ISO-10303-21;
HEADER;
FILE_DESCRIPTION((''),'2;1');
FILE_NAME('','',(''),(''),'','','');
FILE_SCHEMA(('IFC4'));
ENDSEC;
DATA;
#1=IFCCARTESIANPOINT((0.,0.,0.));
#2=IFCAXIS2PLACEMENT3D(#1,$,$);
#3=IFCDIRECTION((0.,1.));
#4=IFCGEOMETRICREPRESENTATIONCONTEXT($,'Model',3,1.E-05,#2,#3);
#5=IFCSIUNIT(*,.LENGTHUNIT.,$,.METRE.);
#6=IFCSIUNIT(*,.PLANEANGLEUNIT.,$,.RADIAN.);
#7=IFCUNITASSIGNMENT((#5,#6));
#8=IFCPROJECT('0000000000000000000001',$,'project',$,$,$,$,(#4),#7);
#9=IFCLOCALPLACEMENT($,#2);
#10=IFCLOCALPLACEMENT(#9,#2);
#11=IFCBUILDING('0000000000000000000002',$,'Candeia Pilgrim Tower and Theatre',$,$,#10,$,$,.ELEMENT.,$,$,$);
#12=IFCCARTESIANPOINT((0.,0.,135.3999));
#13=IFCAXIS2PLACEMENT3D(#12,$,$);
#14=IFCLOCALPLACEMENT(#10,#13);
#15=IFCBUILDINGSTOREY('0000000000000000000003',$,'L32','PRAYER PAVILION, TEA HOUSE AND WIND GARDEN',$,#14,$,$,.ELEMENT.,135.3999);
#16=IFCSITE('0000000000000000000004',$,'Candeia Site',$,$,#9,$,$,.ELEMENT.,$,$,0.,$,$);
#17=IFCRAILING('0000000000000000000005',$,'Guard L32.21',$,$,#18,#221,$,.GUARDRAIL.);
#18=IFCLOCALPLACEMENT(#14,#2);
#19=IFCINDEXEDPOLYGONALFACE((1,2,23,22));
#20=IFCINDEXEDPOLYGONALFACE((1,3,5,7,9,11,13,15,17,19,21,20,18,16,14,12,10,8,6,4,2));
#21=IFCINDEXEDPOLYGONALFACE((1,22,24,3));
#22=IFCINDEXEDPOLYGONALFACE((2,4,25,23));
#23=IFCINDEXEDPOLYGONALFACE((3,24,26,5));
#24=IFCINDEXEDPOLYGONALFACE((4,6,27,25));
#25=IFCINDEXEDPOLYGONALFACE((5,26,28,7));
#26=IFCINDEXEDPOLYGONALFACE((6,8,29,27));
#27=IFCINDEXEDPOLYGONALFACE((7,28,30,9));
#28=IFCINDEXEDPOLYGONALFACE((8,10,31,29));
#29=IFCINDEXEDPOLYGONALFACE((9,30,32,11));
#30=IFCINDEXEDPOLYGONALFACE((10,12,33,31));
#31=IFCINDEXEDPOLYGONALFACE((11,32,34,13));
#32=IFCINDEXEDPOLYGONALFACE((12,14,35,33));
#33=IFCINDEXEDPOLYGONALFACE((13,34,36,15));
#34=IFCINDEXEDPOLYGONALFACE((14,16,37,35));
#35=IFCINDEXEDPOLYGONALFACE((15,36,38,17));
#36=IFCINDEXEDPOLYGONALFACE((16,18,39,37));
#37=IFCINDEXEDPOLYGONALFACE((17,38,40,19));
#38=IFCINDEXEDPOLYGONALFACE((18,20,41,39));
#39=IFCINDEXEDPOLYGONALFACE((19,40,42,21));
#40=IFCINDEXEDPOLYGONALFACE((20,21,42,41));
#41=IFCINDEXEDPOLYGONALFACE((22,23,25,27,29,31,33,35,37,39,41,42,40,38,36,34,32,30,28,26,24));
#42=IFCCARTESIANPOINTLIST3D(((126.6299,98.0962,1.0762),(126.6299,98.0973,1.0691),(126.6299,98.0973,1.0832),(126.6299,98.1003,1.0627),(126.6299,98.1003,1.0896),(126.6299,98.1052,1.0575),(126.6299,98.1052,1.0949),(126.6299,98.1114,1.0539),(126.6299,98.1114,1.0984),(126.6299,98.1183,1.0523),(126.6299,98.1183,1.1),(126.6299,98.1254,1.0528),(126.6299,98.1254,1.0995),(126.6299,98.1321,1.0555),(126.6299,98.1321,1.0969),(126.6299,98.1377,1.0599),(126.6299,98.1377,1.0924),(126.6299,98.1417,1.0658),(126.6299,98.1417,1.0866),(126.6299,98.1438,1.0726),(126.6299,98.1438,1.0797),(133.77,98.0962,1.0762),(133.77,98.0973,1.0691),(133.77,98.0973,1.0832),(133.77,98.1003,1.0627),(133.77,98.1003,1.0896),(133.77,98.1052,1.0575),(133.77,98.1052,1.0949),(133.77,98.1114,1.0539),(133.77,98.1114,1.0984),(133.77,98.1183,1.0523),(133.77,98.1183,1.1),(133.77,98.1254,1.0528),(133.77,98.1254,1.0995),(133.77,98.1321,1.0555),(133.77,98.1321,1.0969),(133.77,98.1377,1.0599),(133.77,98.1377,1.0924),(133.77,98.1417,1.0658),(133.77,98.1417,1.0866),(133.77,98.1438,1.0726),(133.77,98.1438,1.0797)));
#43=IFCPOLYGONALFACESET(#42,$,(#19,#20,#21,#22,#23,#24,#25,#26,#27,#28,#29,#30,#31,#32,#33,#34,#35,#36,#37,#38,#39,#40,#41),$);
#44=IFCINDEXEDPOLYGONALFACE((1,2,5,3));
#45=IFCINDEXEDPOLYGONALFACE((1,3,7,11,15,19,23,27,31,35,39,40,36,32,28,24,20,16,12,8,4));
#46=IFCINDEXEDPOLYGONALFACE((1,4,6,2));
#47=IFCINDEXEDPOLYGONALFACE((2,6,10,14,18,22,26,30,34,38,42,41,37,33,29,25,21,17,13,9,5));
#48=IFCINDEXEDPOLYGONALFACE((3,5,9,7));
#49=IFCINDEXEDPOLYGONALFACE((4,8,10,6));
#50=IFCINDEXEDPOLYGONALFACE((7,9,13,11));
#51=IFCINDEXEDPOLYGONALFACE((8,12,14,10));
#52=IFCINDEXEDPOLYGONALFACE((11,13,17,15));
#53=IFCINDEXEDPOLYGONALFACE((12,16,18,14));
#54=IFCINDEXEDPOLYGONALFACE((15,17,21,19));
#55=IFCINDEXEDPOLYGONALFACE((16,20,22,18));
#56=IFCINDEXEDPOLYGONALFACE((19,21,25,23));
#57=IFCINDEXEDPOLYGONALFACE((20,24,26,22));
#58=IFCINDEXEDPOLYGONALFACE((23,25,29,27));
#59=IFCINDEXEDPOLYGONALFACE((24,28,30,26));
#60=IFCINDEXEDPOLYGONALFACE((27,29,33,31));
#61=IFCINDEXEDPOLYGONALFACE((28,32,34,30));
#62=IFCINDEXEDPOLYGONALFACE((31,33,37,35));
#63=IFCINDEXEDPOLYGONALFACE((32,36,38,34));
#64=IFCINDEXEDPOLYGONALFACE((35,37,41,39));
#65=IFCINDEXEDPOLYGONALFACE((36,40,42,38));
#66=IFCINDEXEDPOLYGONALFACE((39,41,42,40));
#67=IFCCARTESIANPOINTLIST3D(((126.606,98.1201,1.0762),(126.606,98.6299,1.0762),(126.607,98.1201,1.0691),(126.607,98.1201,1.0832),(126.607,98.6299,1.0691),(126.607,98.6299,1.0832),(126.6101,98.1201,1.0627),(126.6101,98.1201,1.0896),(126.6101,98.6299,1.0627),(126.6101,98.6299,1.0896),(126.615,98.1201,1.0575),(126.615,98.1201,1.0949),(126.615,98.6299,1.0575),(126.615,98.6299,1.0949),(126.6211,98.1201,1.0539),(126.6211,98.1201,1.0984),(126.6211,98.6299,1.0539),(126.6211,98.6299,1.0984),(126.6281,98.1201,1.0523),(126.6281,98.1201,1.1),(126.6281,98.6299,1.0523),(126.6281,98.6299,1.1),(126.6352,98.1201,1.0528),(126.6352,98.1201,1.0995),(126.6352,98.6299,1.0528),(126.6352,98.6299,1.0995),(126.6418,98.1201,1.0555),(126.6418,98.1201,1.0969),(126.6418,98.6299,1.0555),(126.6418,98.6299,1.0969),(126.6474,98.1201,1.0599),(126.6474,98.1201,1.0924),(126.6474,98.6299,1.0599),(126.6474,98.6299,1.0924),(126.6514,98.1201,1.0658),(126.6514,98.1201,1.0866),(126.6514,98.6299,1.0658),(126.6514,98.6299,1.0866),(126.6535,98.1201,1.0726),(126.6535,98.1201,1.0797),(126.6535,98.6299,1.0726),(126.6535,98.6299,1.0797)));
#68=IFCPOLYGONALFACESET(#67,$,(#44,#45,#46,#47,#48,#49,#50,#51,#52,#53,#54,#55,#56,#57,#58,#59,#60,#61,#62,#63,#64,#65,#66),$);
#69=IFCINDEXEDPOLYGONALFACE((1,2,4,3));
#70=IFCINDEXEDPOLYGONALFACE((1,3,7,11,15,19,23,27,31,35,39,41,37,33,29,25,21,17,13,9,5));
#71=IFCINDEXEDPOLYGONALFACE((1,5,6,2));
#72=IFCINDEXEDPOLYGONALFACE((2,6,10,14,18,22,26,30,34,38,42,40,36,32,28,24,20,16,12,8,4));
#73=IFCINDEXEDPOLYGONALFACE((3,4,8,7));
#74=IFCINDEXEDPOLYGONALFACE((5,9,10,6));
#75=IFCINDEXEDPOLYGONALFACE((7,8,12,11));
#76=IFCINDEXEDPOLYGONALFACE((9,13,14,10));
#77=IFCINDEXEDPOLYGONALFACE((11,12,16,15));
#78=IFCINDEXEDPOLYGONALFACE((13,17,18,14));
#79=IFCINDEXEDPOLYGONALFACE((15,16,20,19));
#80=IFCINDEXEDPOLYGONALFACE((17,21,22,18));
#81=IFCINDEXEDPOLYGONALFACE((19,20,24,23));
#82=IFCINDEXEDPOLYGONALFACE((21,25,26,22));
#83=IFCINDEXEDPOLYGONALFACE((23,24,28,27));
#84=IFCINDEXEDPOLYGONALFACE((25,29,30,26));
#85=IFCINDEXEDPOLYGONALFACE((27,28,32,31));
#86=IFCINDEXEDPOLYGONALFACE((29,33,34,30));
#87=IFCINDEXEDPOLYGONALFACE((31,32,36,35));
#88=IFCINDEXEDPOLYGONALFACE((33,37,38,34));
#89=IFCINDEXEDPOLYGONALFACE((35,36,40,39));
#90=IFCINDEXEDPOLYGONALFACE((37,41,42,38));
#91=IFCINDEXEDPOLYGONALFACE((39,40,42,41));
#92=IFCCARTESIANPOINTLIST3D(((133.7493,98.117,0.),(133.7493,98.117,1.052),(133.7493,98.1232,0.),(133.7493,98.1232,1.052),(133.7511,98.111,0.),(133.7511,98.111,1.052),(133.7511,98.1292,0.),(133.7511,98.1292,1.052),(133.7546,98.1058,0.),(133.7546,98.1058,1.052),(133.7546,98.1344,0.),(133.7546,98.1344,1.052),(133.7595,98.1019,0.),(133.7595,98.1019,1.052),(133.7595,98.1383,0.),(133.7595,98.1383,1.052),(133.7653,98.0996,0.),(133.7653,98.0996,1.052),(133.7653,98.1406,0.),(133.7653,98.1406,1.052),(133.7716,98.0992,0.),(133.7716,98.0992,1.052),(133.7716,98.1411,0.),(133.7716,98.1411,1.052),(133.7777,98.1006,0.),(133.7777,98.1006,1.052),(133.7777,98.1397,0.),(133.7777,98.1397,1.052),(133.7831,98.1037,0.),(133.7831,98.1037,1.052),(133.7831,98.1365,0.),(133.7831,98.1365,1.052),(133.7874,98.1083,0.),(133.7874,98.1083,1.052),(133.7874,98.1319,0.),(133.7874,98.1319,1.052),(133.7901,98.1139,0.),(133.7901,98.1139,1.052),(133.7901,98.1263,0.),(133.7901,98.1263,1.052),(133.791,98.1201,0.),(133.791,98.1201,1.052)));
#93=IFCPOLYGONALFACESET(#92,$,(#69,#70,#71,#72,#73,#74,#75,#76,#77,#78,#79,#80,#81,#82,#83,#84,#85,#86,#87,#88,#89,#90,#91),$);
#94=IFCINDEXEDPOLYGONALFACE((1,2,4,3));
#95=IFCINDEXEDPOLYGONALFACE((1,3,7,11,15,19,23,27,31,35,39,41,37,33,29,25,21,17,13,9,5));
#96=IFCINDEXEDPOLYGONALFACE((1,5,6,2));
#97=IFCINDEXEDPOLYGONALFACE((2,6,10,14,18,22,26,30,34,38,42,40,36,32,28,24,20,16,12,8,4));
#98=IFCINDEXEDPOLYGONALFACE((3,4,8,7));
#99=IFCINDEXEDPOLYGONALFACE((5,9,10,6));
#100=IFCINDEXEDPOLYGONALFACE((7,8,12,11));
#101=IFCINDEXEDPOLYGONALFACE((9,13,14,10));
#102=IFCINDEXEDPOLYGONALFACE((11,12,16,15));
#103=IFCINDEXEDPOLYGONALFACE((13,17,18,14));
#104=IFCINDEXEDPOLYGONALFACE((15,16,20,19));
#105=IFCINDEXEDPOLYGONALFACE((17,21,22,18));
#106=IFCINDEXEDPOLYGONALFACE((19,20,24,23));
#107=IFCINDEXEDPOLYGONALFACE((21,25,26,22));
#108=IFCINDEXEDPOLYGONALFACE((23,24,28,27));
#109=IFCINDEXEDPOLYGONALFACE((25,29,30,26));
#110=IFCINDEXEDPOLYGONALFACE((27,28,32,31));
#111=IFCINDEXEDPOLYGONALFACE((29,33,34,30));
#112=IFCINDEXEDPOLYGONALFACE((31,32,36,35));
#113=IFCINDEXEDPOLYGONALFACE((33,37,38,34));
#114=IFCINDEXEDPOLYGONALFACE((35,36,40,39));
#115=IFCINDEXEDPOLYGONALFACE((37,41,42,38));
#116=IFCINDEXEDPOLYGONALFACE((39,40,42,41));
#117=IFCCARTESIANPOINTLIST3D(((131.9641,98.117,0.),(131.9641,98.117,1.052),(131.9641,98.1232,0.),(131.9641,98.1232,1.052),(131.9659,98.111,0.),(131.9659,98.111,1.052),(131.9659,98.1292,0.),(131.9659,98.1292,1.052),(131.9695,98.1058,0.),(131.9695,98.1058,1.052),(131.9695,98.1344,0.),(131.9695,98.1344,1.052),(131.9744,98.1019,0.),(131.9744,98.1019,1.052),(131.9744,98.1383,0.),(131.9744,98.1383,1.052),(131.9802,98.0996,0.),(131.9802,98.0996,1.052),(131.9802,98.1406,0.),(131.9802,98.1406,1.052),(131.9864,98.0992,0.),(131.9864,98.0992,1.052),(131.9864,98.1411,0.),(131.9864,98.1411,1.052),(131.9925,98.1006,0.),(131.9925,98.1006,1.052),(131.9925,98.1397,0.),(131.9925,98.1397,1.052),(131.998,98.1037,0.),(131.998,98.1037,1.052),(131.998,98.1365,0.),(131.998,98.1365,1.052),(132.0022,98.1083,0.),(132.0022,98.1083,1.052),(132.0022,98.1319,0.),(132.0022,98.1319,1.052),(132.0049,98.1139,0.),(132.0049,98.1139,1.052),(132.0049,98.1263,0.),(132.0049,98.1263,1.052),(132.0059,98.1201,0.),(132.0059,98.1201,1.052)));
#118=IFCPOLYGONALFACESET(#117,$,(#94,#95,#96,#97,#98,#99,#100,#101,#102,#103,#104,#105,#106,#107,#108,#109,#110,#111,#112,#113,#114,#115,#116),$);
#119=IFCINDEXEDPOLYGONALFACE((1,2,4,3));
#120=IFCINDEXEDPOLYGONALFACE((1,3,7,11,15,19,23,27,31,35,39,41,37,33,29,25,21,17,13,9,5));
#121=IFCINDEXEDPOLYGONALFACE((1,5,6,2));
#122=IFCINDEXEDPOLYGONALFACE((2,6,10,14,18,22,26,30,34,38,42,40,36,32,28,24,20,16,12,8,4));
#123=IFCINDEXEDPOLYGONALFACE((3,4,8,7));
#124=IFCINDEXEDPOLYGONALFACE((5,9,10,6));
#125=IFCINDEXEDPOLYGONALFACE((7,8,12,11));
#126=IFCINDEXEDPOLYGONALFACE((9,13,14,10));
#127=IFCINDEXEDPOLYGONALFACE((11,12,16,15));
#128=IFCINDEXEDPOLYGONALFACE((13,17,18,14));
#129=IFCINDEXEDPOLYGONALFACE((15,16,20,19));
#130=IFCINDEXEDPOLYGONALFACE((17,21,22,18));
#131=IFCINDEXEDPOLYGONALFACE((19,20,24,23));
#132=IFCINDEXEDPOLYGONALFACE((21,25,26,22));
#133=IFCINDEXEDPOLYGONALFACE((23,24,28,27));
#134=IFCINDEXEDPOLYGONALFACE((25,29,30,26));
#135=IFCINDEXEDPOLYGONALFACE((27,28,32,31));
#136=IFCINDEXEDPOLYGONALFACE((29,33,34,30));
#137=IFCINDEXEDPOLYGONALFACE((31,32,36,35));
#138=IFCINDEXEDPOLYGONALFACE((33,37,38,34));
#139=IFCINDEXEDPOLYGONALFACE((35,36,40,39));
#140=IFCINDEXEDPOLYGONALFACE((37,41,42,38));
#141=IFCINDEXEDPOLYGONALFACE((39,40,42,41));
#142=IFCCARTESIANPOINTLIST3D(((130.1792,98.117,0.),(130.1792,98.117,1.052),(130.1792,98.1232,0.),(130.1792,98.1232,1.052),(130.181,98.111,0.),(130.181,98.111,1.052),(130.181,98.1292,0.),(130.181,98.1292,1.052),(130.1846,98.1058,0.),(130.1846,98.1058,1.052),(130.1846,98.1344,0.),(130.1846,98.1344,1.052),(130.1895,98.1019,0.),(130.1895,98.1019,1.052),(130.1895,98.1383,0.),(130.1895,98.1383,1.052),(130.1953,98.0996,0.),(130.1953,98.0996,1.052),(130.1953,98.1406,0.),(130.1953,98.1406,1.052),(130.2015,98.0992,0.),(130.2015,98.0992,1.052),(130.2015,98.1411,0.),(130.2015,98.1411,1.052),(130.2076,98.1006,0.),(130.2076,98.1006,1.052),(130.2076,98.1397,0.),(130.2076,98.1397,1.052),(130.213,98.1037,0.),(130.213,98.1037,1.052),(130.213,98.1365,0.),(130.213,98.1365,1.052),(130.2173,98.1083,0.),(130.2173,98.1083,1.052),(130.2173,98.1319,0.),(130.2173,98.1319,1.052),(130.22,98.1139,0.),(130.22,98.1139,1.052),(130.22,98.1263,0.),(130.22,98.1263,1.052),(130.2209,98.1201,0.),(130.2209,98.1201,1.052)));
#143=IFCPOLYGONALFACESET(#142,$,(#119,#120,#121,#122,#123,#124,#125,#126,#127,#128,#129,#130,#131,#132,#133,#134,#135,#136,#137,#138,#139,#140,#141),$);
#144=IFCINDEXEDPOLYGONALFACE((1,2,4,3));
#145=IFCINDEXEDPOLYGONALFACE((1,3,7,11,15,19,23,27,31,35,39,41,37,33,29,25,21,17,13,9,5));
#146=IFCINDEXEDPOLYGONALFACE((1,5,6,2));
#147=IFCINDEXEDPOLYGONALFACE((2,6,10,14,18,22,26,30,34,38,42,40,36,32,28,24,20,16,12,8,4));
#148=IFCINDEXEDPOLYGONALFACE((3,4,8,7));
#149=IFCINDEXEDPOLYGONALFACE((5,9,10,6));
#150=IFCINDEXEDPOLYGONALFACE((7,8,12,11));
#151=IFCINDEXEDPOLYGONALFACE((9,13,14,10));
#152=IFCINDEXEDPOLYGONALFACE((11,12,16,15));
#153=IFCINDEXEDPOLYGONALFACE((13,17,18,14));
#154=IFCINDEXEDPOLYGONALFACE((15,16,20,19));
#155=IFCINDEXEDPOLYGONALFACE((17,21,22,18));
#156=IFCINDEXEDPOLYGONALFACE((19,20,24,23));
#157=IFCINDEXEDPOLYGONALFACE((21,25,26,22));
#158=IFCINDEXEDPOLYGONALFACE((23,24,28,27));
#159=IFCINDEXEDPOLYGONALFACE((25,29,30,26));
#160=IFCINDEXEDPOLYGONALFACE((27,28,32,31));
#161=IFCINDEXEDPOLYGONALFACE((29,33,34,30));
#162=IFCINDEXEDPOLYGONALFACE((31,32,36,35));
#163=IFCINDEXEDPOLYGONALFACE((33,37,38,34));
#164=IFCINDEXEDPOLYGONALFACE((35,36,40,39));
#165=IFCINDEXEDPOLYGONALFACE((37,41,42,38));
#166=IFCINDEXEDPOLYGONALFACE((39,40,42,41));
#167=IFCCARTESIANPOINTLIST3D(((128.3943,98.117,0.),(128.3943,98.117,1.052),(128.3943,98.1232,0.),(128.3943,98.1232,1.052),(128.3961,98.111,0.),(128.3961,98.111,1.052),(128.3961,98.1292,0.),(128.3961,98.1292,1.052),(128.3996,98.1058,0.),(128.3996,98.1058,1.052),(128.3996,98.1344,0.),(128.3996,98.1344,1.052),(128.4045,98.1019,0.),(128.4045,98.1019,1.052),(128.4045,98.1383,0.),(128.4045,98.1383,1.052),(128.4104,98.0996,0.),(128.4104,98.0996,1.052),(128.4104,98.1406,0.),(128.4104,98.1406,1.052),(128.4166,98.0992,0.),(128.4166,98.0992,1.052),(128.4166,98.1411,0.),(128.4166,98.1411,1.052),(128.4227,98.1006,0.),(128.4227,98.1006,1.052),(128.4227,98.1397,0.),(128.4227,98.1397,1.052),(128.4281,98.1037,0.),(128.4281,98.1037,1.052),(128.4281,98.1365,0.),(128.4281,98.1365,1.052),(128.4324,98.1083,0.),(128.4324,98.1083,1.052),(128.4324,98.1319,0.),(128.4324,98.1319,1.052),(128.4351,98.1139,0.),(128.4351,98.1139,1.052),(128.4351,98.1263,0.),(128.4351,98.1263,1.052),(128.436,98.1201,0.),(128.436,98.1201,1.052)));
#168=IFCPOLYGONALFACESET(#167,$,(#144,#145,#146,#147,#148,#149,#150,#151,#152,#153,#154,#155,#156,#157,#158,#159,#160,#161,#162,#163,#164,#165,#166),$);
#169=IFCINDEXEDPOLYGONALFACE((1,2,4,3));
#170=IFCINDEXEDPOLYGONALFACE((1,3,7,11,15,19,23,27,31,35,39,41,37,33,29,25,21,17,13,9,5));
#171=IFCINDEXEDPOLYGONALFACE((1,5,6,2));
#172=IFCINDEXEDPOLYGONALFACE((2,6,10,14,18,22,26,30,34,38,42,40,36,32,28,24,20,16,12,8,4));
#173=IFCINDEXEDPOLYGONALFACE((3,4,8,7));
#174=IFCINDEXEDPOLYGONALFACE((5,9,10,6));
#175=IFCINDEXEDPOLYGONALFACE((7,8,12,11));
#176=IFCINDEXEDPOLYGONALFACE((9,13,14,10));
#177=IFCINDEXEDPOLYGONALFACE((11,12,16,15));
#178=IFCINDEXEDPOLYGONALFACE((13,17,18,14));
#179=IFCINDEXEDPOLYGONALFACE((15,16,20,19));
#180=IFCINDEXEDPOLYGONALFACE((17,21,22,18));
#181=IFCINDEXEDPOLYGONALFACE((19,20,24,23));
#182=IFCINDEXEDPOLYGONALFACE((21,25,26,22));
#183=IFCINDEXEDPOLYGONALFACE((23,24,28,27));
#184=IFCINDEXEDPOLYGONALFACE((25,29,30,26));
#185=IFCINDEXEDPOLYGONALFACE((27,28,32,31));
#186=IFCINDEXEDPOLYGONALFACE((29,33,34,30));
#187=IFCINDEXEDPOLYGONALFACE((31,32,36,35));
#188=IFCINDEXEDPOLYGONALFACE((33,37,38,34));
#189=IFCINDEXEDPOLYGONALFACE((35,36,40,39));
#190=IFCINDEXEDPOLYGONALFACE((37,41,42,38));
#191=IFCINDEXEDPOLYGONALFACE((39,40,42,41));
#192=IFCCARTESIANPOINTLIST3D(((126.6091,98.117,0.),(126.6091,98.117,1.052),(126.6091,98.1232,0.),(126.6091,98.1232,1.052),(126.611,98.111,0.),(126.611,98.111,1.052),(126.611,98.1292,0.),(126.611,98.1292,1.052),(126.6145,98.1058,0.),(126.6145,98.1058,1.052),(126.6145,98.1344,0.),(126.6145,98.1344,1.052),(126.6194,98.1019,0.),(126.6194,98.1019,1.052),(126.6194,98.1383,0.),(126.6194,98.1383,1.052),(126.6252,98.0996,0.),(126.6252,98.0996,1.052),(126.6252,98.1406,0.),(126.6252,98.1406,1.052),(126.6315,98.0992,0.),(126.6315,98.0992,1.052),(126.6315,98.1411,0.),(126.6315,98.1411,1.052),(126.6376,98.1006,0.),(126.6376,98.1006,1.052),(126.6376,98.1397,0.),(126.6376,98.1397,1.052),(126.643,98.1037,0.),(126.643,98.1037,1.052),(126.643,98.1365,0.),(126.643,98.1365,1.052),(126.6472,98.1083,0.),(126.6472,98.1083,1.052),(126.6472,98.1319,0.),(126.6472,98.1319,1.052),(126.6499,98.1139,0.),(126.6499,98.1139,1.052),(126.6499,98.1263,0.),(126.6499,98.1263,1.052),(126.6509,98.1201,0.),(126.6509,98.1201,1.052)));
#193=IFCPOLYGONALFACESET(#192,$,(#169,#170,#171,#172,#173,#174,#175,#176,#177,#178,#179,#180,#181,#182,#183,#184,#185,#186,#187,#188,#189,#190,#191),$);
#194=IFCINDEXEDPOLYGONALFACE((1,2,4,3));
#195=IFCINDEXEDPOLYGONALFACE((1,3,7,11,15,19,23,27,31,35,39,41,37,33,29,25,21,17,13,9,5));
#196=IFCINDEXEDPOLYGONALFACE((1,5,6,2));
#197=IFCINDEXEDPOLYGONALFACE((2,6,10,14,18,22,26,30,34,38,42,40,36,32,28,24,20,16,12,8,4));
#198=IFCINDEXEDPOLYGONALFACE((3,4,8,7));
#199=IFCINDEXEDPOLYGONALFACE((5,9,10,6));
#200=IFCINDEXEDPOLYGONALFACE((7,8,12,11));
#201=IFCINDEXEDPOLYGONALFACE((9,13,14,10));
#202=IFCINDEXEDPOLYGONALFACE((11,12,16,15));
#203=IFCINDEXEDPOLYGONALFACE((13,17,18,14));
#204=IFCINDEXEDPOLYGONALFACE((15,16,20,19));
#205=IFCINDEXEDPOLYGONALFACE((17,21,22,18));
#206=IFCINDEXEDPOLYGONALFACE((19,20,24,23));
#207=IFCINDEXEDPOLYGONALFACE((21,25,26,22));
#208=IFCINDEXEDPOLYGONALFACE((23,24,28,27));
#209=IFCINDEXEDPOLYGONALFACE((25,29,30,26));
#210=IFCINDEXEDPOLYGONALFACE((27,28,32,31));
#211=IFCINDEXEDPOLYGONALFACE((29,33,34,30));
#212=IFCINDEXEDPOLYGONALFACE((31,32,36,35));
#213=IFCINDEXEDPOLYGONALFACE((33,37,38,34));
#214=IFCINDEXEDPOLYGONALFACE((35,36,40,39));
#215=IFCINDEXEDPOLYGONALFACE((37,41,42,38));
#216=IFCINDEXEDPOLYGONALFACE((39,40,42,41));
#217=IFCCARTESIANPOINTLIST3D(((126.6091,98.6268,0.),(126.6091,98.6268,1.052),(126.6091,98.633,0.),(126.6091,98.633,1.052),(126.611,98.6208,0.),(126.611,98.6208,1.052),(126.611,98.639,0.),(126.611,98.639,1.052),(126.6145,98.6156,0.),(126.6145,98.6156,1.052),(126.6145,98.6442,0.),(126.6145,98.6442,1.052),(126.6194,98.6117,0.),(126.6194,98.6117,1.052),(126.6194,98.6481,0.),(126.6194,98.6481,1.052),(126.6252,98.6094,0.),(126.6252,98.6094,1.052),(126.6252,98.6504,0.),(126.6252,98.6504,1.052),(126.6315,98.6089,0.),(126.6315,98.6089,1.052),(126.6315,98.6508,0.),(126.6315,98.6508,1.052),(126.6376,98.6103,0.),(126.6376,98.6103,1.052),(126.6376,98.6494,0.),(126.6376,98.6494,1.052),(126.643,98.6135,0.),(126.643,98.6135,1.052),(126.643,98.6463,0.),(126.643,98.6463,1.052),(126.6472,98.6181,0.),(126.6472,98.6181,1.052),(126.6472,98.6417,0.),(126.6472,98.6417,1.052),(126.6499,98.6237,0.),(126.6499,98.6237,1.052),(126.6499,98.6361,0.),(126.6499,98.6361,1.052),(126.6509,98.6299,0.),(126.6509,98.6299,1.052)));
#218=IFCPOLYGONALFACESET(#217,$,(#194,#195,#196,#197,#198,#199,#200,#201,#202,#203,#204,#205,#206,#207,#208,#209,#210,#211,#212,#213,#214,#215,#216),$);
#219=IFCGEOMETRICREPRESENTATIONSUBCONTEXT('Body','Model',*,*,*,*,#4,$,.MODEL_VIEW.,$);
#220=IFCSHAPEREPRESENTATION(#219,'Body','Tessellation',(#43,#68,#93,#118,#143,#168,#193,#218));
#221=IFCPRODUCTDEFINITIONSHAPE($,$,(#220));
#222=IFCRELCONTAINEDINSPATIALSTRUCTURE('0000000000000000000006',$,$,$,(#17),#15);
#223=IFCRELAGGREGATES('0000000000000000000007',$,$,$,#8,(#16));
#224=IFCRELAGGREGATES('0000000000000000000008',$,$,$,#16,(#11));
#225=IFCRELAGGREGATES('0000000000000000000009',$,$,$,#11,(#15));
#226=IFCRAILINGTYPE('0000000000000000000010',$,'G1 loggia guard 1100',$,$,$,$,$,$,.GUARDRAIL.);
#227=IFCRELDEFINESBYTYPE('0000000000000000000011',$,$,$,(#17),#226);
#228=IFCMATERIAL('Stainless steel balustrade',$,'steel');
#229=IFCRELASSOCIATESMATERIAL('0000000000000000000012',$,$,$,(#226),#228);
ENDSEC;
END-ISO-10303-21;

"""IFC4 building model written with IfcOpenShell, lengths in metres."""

from ifc_helpers import new_model, si_unit, direction, frame, origin, origin_2d, place, context, subcontext, project, spatial, circle, extrude, material, type_object, element, save


model = new_model("IFC4")

# Units and contexts
model_context = context("Model", 3, precision=1e-05, world=origin(), true_north=direction((0.0, 1.0)))
body_context = subcontext(model_context, "Body", "Model", "MODEL_VIEW")
ifc_project = project(units=[si_unit("LENGTHUNIT", "METRE"), si_unit("PLANEANGLEUNIT", "RADIAN")], contexts=[model_context])

# Site, building, storey
site_placement = place(None, origin())
site = spatial("IfcSite", under=ifc_project, at=site_placement, Name="Candeia Site", CompositionType="ELEMENT", RefElevation=0.0)
building_placement = place(site_placement, origin())
building = spatial("IfcBuilding", under=site, at=building_placement, Name="Candeia Pilgrim Tower and Theatre", CompositionType="ELEMENT")
storey_placement = place(building_placement, frame((0.0, 0.0, 135.3999)))
storey = spatial("IfcBuildingStorey", under=building, at=storey_placement, Name="L32", Description="PRAYER PAVILION, TEA HOUSE AND WIND GARDEN", CompositionType="ELEMENT", Elevation=135.3999)

# Railing
ifc_material_1 = material(Name="Stainless steel balustrade", Category="steel")
railing_type = type_object("IfcRailingType", Name="G1 loggia guard 1100", PredefinedType="GUARDRAIL", material=ifc_material_1)
railing_1_placement = place(storey_placement, frame((133.77, 98.1201, 0.0)))
element("IfcRailing", 1, at=railing_1_placement, inside=storey, type_object=railing_type, Name="Guard L32.21", PredefinedType="GUARDRAIL", context=body_context, shape_type="SweptSolid", body=[
    extrude(circle(Radius=0.0239, at=origin_2d()), frame((0.0, 0.0, 1.0762), z_axis=(-1.0, 0.0, 0.0), x_axis=(0.0, -1.0, 0.0)), (0.0, 0.0, 1.0), 7.1401),
    extrude(circle(Radius=0.0239, at=origin_2d()), frame((-7.1401, 0.0, 1.0762), z_axis=(0.0, 1.0, 0.0), x_axis=(-1.0, 0.0, 0.0)), (0.0, 0.0, 1.0), 0.5098),
    extrude(circle(Radius=0.021, at=origin_2d()), origin(), (0.0, 0.0, 1.0), 1.052),
    extrude(circle(Radius=0.021, at=origin_2d()), frame((-1.7852, 0.0, 0.0)), (0.0, 0.0, 1.0), 1.052),
    extrude(circle(Radius=0.021, at=origin_2d()), frame((-3.5701, 0.0, 0.0)), (0.0, 0.0, 1.0), 1.052),
    extrude(circle(Radius=0.021, at=origin_2d()), frame((-5.355, 0.0, 0.0)), (0.0, 0.0, 1.0), 1.052),
    extrude(circle(Radius=0.021, at=origin_2d()), frame((-7.1401, 0.0, 0.0)), (0.0, 0.0, 1.0), 1.052),
    extrude(circle(Radius=0.021, at=origin_2d()), frame((-7.1401, 0.5098, 0.0)), (0.0, 0.0, 1.0), 1.052),
])

save(model, "model.ifc")
